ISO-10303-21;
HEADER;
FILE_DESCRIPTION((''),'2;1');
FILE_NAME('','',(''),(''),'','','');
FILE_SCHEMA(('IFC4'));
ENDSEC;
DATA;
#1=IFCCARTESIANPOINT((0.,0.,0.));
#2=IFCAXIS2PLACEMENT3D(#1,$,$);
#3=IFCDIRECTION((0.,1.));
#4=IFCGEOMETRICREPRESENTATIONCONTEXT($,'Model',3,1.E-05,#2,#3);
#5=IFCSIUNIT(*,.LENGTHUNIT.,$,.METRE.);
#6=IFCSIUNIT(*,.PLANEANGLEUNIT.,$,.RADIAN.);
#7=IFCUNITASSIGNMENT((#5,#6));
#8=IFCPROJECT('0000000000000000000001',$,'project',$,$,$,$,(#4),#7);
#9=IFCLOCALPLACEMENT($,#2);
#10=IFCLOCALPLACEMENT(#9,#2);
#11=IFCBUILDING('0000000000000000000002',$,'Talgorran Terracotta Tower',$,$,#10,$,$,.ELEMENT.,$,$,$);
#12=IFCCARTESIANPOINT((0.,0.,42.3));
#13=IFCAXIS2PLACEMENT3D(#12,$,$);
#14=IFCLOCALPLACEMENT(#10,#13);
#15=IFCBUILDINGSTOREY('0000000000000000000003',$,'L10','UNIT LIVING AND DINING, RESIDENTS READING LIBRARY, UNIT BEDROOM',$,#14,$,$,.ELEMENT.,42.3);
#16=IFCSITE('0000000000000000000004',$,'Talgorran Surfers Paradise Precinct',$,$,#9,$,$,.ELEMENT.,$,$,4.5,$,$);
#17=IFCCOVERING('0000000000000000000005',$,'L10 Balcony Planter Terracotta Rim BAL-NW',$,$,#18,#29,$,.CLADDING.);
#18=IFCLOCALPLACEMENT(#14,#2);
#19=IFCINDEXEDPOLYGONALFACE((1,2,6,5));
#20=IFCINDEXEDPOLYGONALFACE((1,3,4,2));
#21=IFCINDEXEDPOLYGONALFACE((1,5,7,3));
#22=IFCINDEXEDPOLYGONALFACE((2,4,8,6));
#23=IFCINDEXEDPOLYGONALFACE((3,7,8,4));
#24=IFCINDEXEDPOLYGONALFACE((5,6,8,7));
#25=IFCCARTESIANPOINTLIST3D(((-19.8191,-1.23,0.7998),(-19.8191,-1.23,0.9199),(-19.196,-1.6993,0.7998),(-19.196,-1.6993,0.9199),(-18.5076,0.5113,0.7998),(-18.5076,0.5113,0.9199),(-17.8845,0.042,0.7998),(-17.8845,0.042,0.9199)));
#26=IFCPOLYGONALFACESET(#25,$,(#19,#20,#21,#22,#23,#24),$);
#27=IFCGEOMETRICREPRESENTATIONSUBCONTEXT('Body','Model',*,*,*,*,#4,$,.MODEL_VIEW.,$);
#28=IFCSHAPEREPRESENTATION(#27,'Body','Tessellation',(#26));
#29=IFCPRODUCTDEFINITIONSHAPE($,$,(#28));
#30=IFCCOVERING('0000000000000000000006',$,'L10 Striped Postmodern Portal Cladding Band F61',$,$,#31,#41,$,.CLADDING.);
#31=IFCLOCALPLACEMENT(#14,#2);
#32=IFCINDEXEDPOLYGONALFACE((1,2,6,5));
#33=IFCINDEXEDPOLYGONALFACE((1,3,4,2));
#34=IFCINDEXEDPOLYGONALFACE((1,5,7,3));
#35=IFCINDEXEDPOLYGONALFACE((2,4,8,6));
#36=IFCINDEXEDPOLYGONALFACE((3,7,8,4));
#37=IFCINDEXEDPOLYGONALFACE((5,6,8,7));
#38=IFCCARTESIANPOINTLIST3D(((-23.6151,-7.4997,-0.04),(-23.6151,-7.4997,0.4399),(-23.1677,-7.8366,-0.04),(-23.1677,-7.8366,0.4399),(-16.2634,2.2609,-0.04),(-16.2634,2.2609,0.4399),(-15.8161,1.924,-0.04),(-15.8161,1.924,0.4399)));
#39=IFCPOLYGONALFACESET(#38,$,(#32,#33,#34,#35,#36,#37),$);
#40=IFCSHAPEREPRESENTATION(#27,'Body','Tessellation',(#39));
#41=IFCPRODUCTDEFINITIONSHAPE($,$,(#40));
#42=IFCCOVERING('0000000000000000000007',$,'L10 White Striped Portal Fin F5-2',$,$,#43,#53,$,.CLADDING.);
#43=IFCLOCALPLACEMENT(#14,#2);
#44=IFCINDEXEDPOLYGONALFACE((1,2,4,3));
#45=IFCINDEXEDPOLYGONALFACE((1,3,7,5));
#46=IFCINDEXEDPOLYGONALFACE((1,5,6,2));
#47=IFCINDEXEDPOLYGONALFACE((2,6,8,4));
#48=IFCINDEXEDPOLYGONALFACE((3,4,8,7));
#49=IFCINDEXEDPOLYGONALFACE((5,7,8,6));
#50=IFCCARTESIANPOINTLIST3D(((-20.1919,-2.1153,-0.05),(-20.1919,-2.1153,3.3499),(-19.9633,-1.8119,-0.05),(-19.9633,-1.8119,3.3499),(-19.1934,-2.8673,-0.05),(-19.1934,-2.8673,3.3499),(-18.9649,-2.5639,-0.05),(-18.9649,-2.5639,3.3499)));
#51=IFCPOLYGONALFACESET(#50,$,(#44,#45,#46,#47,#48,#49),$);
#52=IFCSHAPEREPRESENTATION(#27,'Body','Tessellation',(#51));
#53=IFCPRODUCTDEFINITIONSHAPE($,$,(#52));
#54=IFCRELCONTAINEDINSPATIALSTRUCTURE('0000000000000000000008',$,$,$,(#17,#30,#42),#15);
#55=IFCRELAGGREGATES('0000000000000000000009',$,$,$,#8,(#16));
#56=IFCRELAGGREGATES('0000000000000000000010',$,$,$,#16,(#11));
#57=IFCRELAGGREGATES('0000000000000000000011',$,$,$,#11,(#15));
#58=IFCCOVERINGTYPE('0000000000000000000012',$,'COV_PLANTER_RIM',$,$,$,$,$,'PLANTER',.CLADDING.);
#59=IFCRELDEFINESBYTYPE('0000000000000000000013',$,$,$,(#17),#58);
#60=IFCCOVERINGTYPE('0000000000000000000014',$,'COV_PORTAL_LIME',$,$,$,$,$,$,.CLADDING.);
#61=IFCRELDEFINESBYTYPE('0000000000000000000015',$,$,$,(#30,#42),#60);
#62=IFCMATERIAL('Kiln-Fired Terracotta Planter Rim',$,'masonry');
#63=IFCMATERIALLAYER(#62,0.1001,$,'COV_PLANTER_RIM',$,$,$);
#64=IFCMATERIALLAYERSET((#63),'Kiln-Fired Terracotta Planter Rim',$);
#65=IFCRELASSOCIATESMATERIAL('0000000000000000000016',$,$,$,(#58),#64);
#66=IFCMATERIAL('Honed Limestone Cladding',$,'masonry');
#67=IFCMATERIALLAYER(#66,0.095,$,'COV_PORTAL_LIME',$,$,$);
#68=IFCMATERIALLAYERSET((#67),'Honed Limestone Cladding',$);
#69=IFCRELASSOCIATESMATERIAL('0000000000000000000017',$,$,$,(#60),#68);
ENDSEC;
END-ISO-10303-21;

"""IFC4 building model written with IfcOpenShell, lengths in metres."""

from ifc_helpers import new_model, si_unit, direction, frame, origin, origin_2d, place, context, subcontext, project, spatial, rectangle, extrude, material, layer, layer_set, type_object, element, save


model = new_model("IFC4")

# Units and contexts
model_context = context("Model", 3, precision=1e-05, world=origin(), true_north=direction((0.0, 1.0)))
body_context = subcontext(model_context, "Body", "Model", "MODEL_VIEW")
ifc_project = project(units=[si_unit("LENGTHUNIT", "METRE"), si_unit("PLANEANGLEUNIT", "RADIAN")], contexts=[model_context])

# Site, building, storey
site_placement = place(None, origin())
site = spatial("IfcSite", under=ifc_project, at=site_placement, Name="Talgorran Surfers Paradise Precinct", CompositionType="ELEMENT", RefElevation=4.5)
building_placement = place(site_placement, origin())
building = spatial("IfcBuilding", under=site, at=building_placement, Name="Talgorran Terracotta Tower", CompositionType="ELEMENT")
storey_placement = place(building_placement, frame((0.0, 0.0, 42.3)))
storey = spatial("IfcBuildingStorey", under=building, at=storey_placement, Name="L10", Description="UNIT LIVING AND DINING, RESIDENTS READING LIBRARY, UNIT BEDROOM", CompositionType="ELEMENT", Elevation=42.3)

# Coverings
ifc_material_1 = material(Name="Kiln-Fired Terracotta Planter Rim", Category="masonry")
ifc_layer_1 = layer(ifc_material_1, 0.1001, Name="COV_PLANTER_RIM")
ifc_layer_set_1 = layer_set([ifc_layer_1], Name="Kiln-Fired Terracotta Planter Rim")
covering_type_1 = type_object("IfcCoveringType", Name="COV_PLANTER_RIM", ElementType="PLANTER", PredefinedType="CLADDING", material=ifc_layer_set_1)
covering_1_placement = place(storey_placement, frame((-18.8518, -0.594, 0.7998), z_axis=(0.0, 0.0, 1.0), x_axis=(-0.601634, -0.798772, 0.0)))
element("IfcCovering", 1, at=covering_1_placement, inside=storey, type_object=covering_type_1, Name="L10 Balcony Planter Terracotta Rim BAL-NW", PredefinedType="CLADDING", context=body_context, shape_type="SweptSolid", body=[
    extrude(rectangle(XDim=2.1799, YDim=0.78, at=origin_2d()), origin(), (0.0, 0.0, 1.0), 0.1201),
])
ifc_material_2 = material(Name="Honed Limestone Cladding", Category="masonry")
ifc_layer_2 = layer(ifc_material_2, 0.095, Name="COV_PORTAL_LIME")
ifc_layer_set_2 = layer_set([ifc_layer_2], Name="Honed Limestone Cladding")
covering_type_2 = type_object("IfcCoveringType", Name="COV_PORTAL_LIME", PredefinedType="CLADDING", material=ifc_layer_set_2)
covering_2_placement = place(storey_placement, frame((-19.7156, -2.7878, -0.04), z_axis=(0.0, 0.0, 1.0), x_axis=(-0.601634, -0.798772, 0.0)))
element("IfcCovering", 2, at=covering_2_placement, inside=storey, type_object=covering_type_2, Name="L10 Striped Postmodern Portal Cladding Band F61", PredefinedType="CLADDING", context=body_context, shape_type="SweptSolid", body=[
    extrude(rectangle(XDim=12.2195, YDim=0.5601, at=origin_2d()), origin(), (0.0, 0.0, 1.0), 0.48),
])
covering_3_placement = place(storey_placement, frame((-19.5784, -2.3396, -0.05), z_axis=(0.0, 0.0, 1.0), x_axis=(-0.601634, -0.798772, 0.0)))
element("IfcCovering", 3, at=covering_3_placement, inside=storey, type_object=covering_type_2, Name="L10 White Striped Portal Fin F5-2", PredefinedType="CLADDING", context=body_context, shape_type="SweptSolid", body=[
    extrude(rectangle(XDim=0.3799, YDim=1.25, at=origin_2d()), origin(), (0.0, 0.0, 1.0), 3.3999),
])

save(model, "model.ifc")
